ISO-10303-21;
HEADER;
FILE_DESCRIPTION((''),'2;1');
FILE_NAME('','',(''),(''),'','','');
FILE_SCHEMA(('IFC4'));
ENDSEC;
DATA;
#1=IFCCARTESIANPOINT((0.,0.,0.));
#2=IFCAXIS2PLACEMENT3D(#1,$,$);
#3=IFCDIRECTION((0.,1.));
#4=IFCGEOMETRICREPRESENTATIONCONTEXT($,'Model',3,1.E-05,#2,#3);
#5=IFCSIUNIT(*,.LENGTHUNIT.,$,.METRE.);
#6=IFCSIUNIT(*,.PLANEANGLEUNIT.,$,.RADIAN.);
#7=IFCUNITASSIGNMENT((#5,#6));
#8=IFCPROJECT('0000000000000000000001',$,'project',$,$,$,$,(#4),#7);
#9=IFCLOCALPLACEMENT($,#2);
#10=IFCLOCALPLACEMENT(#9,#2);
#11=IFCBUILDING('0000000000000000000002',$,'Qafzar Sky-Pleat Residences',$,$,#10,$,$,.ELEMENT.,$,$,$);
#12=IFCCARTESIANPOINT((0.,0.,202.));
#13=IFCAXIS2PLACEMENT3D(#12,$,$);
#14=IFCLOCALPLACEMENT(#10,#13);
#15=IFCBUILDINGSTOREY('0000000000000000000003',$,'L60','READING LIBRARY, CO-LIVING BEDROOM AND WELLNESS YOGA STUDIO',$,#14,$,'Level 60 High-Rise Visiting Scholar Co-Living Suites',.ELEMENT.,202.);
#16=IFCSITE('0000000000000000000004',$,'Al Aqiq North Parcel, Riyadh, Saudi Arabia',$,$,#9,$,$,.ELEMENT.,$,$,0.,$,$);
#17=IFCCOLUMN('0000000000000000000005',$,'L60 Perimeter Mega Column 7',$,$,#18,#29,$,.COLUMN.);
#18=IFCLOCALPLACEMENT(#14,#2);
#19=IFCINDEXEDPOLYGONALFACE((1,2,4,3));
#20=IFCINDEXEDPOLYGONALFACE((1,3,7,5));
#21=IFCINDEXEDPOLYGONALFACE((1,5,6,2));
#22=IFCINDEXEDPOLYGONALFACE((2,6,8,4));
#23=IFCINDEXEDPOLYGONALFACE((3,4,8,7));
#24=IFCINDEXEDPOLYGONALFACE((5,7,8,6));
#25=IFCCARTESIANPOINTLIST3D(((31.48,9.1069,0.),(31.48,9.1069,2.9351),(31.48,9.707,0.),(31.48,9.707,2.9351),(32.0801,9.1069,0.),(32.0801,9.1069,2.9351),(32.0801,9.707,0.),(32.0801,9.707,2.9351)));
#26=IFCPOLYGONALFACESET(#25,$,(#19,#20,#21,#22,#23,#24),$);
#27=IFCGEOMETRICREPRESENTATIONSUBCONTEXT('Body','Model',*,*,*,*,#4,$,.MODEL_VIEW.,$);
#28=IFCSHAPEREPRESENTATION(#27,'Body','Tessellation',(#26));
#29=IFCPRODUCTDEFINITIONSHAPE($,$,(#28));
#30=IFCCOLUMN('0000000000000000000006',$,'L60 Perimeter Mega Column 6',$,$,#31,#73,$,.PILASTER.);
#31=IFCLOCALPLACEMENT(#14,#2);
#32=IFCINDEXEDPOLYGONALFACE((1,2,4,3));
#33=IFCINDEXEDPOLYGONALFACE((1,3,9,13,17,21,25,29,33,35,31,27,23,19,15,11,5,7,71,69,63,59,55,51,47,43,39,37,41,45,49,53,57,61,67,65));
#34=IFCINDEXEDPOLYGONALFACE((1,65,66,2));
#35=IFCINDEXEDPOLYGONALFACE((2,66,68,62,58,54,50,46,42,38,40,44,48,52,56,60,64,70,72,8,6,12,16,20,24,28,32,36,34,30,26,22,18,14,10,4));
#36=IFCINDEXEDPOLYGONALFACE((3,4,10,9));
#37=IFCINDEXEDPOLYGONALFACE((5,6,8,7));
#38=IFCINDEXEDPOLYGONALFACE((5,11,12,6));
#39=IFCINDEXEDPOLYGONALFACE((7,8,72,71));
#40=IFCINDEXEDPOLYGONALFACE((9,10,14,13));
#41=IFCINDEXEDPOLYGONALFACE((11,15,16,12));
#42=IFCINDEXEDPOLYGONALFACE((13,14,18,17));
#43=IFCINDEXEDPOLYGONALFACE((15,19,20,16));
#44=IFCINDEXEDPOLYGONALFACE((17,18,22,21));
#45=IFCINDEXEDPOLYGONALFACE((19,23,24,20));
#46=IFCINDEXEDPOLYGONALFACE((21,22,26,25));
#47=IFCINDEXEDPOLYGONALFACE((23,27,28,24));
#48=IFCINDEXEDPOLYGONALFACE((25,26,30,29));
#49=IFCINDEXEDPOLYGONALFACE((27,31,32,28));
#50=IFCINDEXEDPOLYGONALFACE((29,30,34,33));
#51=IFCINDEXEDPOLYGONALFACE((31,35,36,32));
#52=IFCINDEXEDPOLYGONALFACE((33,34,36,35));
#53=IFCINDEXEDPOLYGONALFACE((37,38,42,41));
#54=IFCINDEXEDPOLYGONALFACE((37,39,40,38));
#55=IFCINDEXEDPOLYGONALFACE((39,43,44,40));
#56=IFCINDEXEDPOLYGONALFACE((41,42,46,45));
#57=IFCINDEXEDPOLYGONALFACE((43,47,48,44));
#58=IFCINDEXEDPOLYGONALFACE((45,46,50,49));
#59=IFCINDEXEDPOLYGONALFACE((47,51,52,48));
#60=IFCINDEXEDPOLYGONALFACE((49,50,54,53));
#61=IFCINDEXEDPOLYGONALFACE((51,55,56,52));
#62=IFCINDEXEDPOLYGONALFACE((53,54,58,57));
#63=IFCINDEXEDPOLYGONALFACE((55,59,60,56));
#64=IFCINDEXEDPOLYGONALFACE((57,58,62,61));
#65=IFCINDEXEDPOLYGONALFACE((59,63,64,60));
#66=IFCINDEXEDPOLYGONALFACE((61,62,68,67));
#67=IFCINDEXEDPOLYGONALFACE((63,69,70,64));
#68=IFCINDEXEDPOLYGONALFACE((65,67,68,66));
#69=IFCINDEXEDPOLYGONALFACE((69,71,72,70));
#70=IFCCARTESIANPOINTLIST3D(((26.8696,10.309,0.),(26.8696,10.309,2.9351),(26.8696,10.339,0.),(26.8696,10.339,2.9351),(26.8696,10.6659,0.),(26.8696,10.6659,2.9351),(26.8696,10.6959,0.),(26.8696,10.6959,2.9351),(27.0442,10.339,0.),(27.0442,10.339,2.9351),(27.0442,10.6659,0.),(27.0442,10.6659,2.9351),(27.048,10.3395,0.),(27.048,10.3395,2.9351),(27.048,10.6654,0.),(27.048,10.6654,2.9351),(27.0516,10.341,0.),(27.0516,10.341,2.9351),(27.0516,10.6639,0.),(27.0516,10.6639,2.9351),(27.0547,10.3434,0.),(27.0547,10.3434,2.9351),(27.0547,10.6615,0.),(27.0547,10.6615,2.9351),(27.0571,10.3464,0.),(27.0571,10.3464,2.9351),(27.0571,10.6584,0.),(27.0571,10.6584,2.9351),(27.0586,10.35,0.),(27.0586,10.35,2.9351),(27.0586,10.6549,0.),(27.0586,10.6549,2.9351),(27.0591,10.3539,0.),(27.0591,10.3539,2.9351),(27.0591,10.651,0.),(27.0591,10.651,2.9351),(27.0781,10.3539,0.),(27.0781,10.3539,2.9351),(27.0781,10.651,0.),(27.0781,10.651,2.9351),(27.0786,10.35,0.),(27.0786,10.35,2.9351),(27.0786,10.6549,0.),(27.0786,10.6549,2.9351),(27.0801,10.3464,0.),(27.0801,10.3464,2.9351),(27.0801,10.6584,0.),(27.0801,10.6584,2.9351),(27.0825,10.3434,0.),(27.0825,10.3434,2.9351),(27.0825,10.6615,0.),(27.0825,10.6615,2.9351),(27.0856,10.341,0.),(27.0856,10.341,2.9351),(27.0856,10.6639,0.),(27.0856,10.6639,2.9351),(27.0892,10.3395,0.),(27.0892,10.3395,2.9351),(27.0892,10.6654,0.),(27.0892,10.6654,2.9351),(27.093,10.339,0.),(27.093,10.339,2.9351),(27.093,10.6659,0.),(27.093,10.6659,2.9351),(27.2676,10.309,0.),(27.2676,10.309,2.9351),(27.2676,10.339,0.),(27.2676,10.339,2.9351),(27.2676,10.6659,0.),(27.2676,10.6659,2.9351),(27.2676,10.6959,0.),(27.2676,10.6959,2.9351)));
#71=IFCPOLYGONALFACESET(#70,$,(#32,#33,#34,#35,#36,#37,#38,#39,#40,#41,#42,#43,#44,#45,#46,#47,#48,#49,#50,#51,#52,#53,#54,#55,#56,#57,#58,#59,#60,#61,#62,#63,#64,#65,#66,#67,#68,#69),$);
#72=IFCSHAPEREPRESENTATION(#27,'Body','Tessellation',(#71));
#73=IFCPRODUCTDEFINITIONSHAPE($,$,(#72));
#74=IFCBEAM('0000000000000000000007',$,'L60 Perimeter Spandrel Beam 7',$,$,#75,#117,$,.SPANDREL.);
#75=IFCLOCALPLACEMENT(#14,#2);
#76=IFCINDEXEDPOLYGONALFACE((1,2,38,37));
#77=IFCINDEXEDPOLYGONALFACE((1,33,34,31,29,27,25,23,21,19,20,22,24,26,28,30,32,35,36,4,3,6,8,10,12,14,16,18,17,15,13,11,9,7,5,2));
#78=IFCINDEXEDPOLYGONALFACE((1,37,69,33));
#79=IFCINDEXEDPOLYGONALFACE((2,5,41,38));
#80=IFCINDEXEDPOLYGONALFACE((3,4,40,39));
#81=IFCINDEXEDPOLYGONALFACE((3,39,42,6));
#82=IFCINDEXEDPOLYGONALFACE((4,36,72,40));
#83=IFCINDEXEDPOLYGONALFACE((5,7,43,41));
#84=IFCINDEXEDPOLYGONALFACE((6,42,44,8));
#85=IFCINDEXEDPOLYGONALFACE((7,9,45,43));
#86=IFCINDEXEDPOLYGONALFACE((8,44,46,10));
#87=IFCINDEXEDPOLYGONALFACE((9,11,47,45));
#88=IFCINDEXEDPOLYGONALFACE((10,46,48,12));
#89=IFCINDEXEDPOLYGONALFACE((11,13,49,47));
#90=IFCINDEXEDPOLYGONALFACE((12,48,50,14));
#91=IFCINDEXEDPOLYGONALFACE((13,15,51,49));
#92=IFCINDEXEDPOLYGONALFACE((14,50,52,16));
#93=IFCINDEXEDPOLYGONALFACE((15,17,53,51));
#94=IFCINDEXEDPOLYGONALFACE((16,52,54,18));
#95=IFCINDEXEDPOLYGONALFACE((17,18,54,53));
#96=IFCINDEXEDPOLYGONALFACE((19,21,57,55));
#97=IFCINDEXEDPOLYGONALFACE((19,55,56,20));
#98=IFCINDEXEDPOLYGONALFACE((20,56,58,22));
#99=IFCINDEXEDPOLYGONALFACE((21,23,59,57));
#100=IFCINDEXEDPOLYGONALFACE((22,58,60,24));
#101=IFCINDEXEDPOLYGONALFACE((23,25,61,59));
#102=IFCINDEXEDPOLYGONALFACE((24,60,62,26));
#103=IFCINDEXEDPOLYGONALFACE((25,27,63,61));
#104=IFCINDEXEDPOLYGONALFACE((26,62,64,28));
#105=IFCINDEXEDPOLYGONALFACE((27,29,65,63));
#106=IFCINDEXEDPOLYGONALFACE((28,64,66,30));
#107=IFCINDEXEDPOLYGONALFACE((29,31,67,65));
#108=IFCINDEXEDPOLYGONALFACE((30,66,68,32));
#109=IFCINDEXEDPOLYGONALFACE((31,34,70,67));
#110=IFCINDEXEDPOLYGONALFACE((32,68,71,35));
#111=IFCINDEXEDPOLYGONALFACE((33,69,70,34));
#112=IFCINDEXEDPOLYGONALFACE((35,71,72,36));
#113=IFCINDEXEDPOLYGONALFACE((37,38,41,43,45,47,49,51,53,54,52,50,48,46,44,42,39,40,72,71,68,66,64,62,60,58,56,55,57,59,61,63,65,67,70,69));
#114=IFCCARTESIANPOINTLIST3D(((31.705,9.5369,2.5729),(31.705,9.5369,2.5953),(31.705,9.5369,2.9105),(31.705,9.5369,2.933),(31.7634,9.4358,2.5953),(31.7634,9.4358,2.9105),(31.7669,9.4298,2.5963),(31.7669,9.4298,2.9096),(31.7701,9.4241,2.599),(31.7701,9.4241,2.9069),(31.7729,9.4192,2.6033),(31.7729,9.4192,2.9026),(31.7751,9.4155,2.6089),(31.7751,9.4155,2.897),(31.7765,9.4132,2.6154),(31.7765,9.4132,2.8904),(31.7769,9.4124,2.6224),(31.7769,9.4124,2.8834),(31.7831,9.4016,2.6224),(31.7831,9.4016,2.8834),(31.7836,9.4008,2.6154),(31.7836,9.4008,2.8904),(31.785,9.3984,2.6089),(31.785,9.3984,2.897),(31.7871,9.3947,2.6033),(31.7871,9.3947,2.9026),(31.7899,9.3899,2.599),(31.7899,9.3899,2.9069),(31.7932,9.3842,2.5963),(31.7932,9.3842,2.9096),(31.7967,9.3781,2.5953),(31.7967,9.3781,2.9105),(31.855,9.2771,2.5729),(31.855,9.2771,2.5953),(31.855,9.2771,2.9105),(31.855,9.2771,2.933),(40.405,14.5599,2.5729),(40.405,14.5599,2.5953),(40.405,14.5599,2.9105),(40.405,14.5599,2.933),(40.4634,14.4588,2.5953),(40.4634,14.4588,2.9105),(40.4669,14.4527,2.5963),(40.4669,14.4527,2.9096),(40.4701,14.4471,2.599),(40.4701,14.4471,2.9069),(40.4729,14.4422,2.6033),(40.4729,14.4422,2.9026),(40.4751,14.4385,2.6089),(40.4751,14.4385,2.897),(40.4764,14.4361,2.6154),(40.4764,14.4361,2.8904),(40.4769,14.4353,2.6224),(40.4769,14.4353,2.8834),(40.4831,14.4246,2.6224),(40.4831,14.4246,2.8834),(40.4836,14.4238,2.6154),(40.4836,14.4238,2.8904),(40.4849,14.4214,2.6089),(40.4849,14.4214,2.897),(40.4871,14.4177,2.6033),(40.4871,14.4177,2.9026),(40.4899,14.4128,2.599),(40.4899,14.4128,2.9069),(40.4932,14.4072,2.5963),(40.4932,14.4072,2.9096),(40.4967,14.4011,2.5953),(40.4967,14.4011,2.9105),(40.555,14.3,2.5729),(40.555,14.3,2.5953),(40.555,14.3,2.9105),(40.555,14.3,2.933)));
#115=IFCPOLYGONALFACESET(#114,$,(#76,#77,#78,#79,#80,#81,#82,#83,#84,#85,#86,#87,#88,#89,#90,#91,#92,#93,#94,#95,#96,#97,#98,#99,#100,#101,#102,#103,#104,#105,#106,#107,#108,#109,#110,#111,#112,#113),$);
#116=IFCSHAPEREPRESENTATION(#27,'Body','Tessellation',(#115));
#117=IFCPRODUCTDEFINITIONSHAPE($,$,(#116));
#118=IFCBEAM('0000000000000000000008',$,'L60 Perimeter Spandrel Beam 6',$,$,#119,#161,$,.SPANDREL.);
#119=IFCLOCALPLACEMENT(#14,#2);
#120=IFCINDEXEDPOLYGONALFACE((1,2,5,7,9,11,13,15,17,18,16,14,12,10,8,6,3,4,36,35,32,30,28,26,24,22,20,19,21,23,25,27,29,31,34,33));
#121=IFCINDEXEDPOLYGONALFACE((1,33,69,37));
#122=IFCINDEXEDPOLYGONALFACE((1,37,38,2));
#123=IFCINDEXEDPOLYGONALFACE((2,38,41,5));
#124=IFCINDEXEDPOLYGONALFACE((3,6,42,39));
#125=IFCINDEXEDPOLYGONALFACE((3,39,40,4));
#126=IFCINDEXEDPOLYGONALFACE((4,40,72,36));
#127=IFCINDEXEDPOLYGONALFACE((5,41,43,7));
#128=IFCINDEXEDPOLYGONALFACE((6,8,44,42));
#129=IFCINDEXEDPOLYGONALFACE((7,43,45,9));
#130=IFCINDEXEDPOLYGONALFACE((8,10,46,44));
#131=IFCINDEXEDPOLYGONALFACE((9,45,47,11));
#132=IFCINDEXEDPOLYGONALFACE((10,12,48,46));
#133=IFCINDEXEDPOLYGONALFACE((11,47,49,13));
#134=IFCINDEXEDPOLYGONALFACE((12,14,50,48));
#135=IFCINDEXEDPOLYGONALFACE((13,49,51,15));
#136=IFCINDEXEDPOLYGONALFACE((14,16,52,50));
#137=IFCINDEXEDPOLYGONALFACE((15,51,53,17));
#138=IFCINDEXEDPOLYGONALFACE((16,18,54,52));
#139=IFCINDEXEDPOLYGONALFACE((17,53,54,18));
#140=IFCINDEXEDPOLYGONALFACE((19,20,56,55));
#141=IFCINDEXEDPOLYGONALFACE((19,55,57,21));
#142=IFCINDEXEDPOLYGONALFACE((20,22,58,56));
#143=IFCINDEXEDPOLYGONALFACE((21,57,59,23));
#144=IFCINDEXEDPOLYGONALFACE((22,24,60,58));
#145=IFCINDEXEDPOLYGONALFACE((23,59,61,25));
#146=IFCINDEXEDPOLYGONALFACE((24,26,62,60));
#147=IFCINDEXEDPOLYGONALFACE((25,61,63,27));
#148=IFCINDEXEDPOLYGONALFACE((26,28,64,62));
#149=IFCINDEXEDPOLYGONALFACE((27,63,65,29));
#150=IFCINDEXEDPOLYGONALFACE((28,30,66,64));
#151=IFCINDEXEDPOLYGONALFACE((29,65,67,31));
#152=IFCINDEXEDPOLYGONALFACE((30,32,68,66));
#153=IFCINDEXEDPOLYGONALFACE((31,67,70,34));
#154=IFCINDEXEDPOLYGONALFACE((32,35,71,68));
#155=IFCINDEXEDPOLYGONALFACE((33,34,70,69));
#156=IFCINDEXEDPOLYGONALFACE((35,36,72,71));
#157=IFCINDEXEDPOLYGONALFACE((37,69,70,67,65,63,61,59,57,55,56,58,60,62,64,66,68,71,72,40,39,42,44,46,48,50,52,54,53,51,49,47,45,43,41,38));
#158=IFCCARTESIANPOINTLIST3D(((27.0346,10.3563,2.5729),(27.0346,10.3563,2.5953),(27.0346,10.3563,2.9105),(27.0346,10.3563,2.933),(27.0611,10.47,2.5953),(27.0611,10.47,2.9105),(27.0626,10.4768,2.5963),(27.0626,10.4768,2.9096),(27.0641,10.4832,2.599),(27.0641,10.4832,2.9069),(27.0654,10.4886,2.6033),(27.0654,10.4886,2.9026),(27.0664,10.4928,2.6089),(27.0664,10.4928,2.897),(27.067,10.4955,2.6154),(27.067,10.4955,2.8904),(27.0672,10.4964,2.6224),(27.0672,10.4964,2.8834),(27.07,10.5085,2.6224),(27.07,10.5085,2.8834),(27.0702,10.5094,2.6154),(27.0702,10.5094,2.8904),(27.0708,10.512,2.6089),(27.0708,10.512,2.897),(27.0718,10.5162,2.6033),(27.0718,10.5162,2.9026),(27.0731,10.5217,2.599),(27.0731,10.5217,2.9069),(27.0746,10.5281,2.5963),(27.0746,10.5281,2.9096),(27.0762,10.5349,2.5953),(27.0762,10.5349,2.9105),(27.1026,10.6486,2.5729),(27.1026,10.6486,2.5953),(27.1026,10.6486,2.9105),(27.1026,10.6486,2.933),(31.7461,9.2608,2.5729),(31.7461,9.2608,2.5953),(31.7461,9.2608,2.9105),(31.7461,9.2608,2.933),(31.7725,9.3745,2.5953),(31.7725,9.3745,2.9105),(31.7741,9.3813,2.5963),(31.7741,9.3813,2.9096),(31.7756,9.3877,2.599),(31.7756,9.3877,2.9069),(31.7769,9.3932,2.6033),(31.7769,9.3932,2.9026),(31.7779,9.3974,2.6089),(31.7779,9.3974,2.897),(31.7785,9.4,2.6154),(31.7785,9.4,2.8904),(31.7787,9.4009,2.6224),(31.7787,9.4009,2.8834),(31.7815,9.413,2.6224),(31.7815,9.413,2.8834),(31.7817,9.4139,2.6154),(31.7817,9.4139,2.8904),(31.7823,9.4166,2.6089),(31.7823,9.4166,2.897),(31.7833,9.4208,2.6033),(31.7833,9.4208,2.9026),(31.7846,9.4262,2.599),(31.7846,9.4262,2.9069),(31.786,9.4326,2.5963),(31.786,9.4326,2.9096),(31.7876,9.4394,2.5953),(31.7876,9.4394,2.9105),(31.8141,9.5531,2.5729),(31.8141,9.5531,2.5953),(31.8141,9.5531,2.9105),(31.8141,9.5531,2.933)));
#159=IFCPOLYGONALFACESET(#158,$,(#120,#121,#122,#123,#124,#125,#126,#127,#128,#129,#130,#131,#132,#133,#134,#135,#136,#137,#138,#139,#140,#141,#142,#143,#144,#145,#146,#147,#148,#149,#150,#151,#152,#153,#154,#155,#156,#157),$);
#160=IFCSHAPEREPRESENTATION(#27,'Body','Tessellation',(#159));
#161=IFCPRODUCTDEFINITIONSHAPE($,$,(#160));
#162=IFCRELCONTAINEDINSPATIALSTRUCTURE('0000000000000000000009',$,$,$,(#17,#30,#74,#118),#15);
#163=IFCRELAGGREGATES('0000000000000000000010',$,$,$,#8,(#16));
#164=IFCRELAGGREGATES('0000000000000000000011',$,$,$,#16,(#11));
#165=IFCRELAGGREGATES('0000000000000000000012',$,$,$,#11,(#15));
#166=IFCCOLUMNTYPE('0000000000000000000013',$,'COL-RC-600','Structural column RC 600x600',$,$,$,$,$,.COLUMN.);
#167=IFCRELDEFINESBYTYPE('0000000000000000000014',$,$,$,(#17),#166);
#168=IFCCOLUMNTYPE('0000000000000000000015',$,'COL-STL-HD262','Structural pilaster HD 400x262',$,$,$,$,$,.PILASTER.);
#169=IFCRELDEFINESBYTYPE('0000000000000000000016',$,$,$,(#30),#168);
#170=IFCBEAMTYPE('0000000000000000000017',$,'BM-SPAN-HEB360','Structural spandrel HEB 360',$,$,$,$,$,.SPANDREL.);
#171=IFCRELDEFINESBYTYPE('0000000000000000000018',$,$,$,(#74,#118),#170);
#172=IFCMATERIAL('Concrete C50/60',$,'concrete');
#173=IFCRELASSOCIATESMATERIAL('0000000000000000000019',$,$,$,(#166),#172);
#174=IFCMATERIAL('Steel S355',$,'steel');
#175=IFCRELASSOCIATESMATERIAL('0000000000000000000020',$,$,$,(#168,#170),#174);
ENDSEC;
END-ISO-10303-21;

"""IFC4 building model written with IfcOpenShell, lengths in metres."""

from ifc_helpers import new_model, si_unit, direction, frame, origin, origin_2d, place, context, subcontext, project, spatial, rectangle, i_section, extrude, source, transform, mapped, material, material_profile, profile_set, type_object, element, save


model = new_model("IFC4")

# Units and contexts
model_context = context("Model", 3, precision=1e-05, world=origin(), true_north=direction((0.0, 1.0)))
body_context = subcontext(model_context, "Body", "Model", "MODEL_VIEW")
ifc_project = project(units=[si_unit("LENGTHUNIT", "METRE"), si_unit("PLANEANGLEUNIT", "RADIAN")], contexts=[model_context])

# Site, building, storey
site_placement = place(None, origin())
site = spatial("IfcSite", under=ifc_project, at=site_placement, Name="Al Aqiq North Parcel, Riyadh, Saudi Arabia", CompositionType="ELEMENT", RefElevation=0.0)
building_placement = place(site_placement, origin())
building = spatial("IfcBuilding", under=site, at=building_placement, Name="Qafzar Sky-Pleat Residences", CompositionType="ELEMENT")
storey_placement = place(building_placement, frame((0.0, 0.0, 202.0)))
storey = spatial("IfcBuildingStorey", under=building, at=storey_placement, Name="L60", Description="READING LIBRARY, CO-LIVING BEDROOM AND WELLNESS YOGA STUDIO", LongName="Level 60 High-Rise Visiting Scholar Co-Living Suites", CompositionType="ELEMENT", Elevation=202.0)

# Columns
ifc_material_1 = material(Name="Concrete C50/60", Category="concrete")
ifc_material_profile_1 = material_profile(ifc_material_1, rectangle(XDim=0.6001, YDim=0.6001, at=origin_2d()), Name="RC 600x600")
ifc_profile_set_1 = profile_set([ifc_material_profile_1], Name="Concrete C50/60")
column_type_1 = type_object("IfcColumnType", Name="COL-RC-600", Description="Structural column RC 600x600", PredefinedType="COLUMN", material=ifc_profile_set_1)
shared_shape_1 = source(origin(), body_context, "Body", "SweptSolid", [
    extrude(rectangle(XDim=0.6001, YDim=0.6001, at=origin_2d()), origin(), (0.0, 0.0, 1.0), 2.9351),
])
column_1_placement = place(storey_placement, frame((31.78, 9.407, 0.0), z_axis=(0.0, 0.0, 1.0), x_axis=(1.0, 0.0, 0.0)))
element("IfcColumn", 1, at=column_1_placement, inside=storey, type_object=column_type_1, Name="L60 Perimeter Mega Column 7", PredefinedType="COLUMN", context=body_context, shape_type="MappedRepresentation", body=[
    mapped(shared_shape_1, transform((0.0, 0.0, 0.0), x_axis=(1.0, 0.0, 0.0), y_axis=(0.0, 1.0, 0.0), z_axis=(0.0, 0.0, 1.0), scale=1.0)),
])
ifc_material_2 = material(Name="Steel S355", Category="steel")
ifc_material_profile_2 = material_profile(ifc_material_2, i_section(OverallWidth=0.3979, OverallDepth=0.387, WebThickness=0.019, FlangeThickness=0.03, FilletRadius=0.0149, at=origin_2d()), Name="HD 400x262")
ifc_profile_set_2 = profile_set([ifc_material_profile_2], Name="Steel S355")
column_type_2 = type_object("IfcColumnType", Name="COL-STL-HD262", Description="Structural pilaster HD 400x262", PredefinedType="PILASTER", material=ifc_profile_set_2)
shared_shape_2 = source(origin(), body_context, "Body", "SweptSolid", [
    extrude(i_section(OverallWidth=0.3979, OverallDepth=0.387, WebThickness=0.019, FlangeThickness=0.03, FilletRadius=0.0149, at=origin_2d()), origin(), (0.0, 0.0, 1.0), 2.9351),
])
column_2_placement = place(storey_placement, frame((27.0686, 10.5024, 0.0), z_axis=(0.0, 0.0, 1.0), x_axis=(1.0, 0.0, 0.0)))
element("IfcColumn", 2, at=column_2_placement, inside=storey, type_object=column_type_2, Name="L60 Perimeter Mega Column 6", PredefinedType="PILASTER", context=body_context, shape_type="MappedRepresentation", body=[
    mapped(shared_shape_2, transform((0.0, 0.0, 0.0), x_axis=(1.0, 0.0, 0.0), y_axis=(0.0, 1.0, 0.0), z_axis=(0.0, 0.0, 1.0), scale=1.0)),
])

# Beams
ifc_material_profile_3 = material_profile(ifc_material_2, i_section(OverallWidth=0.3, OverallDepth=0.3601, WebThickness=0.0125, FlangeThickness=0.0225, FilletRadius=0.0271, at=origin_2d()), Name="HEB 360")
ifc_profile_set_3 = profile_set([ifc_material_profile_3], Name="Steel S355")
beam_type_1 = type_object("IfcBeamType", Name="BM-SPAN-HEB360", Description="Structural spandrel HEB 360", PredefinedType="SPANDREL", material=ifc_profile_set_3)
shared_shape_3 = source(origin(), body_context, "Body", "SweptSolid", [
    extrude(i_section(OverallWidth=0.3, OverallDepth=0.3601, WebThickness=0.0125, FlangeThickness=0.0225, FilletRadius=0.0271, at=origin_2d()), origin(), (0.0, 0.0, 1.0), 10.0459),
])
beam_1_placement = place(storey_placement, frame((31.78, 9.407, 2.7529), z_axis=(0.866024, 0.500002, 0.0), x_axis=(-0.500002, 0.866024, 0.0)))
element("IfcBeam", 3, at=beam_1_placement, inside=storey, type_object=beam_type_1, Name="L60 Perimeter Spandrel Beam 7", PredefinedType="SPANDREL", context=body_context, shape_type="MappedRepresentation", body=[
    mapped(shared_shape_3, transform((0.0, 0.0, 0.0), x_axis=(1.0, 0.0, 0.0), y_axis=(0.0, 1.0, 0.0), z_axis=(0.0, 0.0, 1.0), scale=1.0)),
])
shared_shape_4 = source(origin(), body_context, "Body", "SweptSolid", [
    extrude(i_section(OverallWidth=0.3, OverallDepth=0.3601, WebThickness=0.0125, FlangeThickness=0.0225, FilletRadius=0.0271, at=origin_2d()), origin(), (0.0, 0.0, 1.0), 4.8372),
])
beam_2_placement = place(storey_placement, frame((27.0686, 10.5024, 2.7529), z_axis=(0.974018, -0.22647, 0.0), x_axis=(0.22647, 0.974018, 0.0)))
element("IfcBeam", 4, at=beam_2_placement, inside=storey, type_object=beam_type_1, Name="L60 Perimeter Spandrel Beam 6", PredefinedType="SPANDREL", context=body_context, shape_type="MappedRepresentation", body=[
    mapped(shared_shape_4, transform((0.0, 0.0, 0.0), x_axis=(1.0, 0.0, 0.0), y_axis=(0.0, 1.0, 0.0), z_axis=(0.0, 0.0, 1.0), scale=1.0)),
])

save(model, "model.ifc")
